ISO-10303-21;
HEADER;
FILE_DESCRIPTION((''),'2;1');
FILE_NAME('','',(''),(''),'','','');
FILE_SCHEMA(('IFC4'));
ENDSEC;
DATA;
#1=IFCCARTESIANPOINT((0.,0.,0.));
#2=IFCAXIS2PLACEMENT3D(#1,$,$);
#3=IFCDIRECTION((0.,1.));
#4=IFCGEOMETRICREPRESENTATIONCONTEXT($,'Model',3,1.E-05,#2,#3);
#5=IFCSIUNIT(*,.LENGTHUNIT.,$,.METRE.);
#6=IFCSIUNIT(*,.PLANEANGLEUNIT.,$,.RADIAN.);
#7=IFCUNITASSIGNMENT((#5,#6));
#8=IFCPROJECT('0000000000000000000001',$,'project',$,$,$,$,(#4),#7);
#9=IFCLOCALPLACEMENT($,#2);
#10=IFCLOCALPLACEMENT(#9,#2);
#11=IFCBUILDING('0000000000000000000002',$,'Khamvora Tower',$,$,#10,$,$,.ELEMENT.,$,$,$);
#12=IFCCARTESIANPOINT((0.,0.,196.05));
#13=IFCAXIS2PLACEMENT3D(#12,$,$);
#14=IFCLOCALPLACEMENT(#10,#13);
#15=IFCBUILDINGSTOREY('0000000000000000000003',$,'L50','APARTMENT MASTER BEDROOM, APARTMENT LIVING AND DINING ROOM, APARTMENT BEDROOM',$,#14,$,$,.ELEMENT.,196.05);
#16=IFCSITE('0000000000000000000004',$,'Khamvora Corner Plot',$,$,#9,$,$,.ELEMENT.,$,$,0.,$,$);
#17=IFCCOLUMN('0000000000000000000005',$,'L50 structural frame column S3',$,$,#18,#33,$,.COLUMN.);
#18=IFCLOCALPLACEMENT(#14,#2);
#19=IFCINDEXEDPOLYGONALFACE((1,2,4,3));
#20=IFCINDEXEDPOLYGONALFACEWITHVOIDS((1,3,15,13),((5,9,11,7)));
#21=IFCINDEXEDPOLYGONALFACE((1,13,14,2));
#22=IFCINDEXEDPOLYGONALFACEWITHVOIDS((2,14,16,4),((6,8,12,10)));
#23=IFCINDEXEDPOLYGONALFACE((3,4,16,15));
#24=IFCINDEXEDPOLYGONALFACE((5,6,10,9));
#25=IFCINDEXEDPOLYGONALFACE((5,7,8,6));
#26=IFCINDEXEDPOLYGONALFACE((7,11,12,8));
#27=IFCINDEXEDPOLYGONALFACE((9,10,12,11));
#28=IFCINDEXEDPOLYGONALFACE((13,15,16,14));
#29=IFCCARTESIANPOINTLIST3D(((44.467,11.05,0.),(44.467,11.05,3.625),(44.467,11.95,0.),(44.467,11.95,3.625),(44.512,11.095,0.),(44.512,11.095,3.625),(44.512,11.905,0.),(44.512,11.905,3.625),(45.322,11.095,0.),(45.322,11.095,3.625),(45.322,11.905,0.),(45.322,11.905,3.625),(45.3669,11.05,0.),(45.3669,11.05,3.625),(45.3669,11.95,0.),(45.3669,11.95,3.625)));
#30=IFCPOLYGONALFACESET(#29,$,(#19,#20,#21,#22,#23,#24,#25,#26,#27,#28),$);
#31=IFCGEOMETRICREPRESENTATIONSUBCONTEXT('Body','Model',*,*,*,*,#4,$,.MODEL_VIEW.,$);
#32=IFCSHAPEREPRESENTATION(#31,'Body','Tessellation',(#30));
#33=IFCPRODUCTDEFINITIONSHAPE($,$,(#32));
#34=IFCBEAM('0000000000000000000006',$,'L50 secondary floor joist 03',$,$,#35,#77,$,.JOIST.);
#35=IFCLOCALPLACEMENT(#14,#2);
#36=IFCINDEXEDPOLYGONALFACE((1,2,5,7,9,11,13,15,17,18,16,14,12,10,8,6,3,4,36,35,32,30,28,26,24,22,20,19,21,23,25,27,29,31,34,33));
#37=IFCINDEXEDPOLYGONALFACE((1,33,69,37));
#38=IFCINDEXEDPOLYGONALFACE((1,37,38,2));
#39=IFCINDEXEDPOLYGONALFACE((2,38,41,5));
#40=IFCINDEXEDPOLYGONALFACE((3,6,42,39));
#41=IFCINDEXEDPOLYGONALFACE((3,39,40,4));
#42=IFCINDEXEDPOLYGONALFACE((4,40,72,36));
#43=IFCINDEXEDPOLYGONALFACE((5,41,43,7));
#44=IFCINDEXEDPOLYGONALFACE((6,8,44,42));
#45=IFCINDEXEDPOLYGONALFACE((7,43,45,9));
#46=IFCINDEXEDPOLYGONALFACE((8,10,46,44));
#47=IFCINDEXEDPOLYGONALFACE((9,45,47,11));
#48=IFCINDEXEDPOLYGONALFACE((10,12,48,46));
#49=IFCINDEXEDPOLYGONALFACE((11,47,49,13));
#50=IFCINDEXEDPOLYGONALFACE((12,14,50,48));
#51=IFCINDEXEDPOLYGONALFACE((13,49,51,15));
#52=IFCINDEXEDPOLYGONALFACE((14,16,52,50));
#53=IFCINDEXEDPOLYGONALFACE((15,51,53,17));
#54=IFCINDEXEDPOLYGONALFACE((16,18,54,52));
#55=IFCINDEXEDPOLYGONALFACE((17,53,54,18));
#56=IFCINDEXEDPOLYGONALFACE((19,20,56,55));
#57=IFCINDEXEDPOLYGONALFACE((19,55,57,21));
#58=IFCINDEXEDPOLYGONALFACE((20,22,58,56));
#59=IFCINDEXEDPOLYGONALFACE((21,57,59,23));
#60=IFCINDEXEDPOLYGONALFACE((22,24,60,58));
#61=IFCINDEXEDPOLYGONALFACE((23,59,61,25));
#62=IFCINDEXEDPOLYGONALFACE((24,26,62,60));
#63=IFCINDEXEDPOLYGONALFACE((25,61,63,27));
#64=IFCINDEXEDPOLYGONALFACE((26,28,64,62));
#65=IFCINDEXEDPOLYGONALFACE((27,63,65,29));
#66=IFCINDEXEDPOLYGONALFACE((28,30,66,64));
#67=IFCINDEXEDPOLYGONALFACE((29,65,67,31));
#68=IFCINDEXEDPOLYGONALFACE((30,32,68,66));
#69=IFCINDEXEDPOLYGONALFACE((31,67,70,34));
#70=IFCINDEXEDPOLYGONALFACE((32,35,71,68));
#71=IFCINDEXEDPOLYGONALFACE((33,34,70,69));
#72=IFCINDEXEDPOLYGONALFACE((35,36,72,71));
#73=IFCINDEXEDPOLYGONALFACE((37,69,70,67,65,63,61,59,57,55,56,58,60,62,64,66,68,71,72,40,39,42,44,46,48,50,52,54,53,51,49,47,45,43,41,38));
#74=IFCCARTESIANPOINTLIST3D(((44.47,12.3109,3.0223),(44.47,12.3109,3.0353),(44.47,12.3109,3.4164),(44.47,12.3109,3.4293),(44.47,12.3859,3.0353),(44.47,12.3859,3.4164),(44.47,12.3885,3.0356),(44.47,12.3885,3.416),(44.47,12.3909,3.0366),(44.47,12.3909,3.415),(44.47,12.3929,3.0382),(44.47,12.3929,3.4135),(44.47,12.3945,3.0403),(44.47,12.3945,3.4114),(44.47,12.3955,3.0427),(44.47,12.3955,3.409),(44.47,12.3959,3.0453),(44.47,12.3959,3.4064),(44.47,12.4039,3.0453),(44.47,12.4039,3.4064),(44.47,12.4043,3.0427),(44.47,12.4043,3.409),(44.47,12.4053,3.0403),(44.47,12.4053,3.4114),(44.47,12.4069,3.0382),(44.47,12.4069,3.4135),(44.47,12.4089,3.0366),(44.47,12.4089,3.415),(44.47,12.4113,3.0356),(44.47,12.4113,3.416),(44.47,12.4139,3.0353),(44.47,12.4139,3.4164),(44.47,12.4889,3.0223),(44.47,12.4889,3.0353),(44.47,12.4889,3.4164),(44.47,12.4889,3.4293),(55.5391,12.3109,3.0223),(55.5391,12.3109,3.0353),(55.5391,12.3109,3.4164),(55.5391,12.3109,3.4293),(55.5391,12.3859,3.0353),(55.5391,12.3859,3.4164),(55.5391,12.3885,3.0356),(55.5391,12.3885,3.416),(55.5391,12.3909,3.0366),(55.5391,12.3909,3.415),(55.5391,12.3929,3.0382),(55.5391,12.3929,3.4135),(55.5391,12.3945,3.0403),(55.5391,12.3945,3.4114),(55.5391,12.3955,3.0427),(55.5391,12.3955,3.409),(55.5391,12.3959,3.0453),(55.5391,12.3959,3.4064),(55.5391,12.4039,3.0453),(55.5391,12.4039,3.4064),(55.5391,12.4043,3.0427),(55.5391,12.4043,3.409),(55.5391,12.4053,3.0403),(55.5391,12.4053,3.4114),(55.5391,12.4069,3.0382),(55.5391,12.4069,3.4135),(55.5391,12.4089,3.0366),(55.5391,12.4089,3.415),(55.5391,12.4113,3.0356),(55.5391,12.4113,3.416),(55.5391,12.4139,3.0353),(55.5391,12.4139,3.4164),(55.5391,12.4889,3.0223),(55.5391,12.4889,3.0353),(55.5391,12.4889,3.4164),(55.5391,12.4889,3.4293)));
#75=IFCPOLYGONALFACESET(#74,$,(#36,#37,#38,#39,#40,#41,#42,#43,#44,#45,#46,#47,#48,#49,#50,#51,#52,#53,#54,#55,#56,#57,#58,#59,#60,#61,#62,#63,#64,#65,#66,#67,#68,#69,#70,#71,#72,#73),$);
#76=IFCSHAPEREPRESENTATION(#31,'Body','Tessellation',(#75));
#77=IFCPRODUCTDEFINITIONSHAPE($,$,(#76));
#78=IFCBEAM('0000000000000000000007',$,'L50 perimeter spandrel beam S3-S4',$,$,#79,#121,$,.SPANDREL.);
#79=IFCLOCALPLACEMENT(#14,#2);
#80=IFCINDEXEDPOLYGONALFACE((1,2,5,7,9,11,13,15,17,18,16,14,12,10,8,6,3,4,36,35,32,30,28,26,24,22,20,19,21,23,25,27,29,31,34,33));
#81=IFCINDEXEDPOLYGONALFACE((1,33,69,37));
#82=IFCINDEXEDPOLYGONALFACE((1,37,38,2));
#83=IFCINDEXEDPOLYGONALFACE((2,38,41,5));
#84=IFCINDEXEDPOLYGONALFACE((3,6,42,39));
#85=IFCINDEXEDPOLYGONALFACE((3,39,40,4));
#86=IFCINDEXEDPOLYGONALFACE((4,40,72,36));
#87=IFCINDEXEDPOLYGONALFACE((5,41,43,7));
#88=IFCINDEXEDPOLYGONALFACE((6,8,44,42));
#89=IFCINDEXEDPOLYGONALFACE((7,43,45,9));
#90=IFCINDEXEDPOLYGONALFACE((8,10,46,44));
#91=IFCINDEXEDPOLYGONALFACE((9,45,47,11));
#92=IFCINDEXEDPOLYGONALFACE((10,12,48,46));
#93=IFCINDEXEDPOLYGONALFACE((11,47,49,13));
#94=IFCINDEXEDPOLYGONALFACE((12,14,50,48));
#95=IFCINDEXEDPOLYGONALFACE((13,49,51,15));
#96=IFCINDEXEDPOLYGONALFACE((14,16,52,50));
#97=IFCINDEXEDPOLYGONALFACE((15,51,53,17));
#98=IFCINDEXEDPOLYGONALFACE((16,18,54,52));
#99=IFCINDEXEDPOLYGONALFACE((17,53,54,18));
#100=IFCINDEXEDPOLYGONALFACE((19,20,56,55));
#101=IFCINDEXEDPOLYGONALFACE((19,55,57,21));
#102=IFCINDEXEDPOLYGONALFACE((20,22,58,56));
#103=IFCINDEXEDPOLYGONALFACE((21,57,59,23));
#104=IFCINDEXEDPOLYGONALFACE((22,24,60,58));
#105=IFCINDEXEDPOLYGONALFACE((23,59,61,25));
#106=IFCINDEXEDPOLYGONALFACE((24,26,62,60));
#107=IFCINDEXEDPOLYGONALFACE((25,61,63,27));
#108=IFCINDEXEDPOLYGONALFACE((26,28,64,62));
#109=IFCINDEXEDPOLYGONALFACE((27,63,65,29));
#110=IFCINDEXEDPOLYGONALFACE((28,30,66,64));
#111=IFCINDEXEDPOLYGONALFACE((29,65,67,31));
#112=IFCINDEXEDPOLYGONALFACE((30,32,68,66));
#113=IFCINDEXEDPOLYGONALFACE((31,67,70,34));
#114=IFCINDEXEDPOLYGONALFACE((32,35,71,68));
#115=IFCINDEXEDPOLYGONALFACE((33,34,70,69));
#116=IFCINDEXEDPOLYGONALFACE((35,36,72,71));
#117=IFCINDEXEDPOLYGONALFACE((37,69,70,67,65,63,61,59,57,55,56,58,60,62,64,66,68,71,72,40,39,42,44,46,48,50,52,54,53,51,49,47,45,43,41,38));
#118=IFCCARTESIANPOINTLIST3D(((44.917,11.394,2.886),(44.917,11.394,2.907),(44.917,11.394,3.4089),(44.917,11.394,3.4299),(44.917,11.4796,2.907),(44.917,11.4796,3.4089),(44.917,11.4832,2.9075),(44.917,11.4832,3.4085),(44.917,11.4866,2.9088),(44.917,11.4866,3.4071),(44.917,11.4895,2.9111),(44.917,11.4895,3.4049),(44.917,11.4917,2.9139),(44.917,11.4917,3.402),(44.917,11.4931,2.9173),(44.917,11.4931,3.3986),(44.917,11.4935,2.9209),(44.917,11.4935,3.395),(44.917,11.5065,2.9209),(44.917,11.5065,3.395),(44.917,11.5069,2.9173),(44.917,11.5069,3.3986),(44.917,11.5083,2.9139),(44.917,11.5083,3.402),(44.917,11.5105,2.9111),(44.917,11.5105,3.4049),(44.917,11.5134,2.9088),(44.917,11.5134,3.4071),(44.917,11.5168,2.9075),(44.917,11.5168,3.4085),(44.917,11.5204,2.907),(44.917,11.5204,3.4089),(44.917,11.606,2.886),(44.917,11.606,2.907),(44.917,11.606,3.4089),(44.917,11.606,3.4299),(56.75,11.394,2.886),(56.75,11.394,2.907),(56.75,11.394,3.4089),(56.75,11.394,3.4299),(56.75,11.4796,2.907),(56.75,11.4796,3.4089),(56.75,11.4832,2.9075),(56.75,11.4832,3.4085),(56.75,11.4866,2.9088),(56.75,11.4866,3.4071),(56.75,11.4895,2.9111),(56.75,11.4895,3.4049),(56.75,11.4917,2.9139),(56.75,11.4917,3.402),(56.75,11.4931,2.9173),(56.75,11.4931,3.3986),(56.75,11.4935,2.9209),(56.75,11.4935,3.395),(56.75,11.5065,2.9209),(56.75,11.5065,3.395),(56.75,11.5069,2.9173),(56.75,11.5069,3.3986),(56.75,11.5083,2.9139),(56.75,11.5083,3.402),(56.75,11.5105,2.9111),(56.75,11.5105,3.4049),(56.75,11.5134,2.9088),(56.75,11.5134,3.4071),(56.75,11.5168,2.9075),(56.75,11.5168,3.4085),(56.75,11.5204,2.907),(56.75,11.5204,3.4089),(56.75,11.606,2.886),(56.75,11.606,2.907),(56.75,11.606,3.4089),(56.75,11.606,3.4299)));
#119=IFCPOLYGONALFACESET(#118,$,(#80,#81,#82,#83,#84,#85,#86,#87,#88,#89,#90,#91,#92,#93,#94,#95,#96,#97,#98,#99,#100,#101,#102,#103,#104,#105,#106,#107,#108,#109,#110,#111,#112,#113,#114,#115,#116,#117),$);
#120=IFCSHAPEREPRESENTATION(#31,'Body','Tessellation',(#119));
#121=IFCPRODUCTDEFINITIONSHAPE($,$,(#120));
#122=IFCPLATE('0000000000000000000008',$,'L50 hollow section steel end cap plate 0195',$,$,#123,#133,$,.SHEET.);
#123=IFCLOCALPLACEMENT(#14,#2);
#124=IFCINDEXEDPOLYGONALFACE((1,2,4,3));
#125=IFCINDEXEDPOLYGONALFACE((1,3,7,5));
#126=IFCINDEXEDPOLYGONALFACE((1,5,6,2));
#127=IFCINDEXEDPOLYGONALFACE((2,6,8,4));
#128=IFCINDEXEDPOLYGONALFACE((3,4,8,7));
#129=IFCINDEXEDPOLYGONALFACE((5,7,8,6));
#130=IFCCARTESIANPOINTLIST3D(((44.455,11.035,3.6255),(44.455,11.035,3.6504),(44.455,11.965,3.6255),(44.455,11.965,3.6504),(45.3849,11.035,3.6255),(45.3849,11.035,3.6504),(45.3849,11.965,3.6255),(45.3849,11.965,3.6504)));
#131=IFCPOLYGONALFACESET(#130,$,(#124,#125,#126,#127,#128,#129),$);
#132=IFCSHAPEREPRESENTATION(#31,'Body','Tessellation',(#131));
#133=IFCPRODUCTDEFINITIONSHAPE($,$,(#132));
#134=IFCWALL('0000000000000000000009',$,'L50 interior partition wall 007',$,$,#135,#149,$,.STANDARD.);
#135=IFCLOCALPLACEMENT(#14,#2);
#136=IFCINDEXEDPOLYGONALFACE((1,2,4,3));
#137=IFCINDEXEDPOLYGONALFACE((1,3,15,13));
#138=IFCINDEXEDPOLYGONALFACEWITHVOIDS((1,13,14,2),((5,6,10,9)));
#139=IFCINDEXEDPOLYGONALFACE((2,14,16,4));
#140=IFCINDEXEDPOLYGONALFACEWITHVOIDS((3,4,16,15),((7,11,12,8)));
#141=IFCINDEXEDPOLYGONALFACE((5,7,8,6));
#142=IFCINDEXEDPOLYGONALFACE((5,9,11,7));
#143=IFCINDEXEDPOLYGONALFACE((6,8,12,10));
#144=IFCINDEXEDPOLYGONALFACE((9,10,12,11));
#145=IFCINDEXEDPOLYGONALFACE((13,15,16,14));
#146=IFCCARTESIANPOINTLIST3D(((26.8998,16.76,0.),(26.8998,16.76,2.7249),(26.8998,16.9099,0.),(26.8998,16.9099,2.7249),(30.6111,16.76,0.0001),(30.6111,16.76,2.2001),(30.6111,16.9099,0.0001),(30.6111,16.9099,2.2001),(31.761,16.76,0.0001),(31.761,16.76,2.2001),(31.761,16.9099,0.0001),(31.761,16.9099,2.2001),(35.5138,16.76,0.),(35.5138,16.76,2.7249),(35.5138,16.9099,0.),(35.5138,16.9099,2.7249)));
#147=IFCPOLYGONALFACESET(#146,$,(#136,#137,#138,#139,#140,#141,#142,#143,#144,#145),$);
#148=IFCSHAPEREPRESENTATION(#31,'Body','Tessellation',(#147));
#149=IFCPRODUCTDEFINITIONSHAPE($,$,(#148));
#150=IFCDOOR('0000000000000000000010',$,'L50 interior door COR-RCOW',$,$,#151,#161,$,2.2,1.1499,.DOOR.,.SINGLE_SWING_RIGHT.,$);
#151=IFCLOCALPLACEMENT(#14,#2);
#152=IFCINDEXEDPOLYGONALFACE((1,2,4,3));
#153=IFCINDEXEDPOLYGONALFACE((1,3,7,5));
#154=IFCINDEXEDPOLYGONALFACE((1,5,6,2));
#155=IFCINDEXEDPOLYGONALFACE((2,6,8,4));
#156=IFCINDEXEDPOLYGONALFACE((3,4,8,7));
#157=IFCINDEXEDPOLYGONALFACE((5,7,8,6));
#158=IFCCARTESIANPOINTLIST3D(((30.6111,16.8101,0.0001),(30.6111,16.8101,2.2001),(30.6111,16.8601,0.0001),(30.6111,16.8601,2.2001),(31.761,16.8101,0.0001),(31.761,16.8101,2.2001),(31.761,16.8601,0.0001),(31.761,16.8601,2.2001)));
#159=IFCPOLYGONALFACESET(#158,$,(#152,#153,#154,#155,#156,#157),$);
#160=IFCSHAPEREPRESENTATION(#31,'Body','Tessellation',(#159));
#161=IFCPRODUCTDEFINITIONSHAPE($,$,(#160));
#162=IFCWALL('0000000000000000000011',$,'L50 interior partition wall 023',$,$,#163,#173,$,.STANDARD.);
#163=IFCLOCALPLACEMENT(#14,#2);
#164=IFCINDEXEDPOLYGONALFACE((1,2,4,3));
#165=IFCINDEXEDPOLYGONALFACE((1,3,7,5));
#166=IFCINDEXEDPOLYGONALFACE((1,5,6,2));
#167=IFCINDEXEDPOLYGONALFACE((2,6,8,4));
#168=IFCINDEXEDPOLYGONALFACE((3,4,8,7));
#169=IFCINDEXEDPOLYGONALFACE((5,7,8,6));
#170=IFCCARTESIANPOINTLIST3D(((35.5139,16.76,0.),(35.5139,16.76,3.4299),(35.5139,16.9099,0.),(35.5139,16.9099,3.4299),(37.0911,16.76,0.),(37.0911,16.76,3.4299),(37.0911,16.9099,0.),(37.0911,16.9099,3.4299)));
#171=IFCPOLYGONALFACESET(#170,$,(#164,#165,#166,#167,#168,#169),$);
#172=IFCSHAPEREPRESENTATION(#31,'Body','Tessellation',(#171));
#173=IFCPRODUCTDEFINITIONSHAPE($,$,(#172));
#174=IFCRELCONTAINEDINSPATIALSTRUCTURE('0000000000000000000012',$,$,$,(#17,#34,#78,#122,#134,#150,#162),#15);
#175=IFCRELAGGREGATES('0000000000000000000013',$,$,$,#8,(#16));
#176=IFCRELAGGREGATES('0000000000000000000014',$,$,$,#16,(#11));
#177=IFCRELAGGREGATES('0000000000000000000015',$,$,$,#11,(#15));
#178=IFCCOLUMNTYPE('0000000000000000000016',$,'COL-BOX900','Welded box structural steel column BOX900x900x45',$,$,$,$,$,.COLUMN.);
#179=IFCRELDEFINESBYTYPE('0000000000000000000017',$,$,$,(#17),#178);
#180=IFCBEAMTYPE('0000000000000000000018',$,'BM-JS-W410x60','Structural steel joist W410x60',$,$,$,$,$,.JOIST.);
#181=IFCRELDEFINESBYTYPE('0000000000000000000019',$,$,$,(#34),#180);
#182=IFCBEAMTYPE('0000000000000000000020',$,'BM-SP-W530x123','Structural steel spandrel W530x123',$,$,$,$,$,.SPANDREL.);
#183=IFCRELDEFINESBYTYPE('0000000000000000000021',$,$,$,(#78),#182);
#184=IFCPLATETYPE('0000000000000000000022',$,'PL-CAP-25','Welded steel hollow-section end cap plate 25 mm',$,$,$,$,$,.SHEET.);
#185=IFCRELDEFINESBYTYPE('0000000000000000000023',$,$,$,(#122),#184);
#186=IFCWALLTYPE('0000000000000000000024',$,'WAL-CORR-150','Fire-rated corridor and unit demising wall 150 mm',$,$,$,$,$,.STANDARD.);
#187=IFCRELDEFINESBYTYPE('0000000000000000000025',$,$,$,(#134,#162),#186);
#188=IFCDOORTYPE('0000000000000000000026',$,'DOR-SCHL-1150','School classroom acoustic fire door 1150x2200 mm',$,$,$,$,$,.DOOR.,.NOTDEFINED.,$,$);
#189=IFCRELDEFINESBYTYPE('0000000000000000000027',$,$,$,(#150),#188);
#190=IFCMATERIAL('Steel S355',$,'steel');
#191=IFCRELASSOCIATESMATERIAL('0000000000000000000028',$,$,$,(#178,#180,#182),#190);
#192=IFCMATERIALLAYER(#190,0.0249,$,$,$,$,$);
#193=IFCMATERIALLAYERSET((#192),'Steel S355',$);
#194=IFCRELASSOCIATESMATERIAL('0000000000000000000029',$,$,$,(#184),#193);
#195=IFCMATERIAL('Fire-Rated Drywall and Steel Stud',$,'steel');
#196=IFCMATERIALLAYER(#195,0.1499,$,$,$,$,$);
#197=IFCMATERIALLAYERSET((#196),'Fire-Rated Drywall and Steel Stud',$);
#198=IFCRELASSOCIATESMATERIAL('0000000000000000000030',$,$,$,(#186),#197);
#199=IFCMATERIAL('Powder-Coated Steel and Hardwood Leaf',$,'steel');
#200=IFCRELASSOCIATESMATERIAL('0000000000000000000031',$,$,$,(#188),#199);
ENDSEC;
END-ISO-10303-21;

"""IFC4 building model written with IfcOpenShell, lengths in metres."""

from ifc_helpers import new_model, si_unit, direction, frame, frame_2d, origin, origin_2d, place, context, subcontext, project, spatial, rectangle, hollow_rectangle, i_section, extrude, material, layer, layer_set, material_profile, profile_set, type_object, element, fill, save


model = new_model("IFC4")

# Units and contexts
model_context = context("Model", 3, precision=1e-05, world=origin(), true_north=direction((0.0, 1.0)))
body_context = subcontext(model_context, "Body", "Model", "MODEL_VIEW")
ifc_project = project(units=[si_unit("LENGTHUNIT", "METRE"), si_unit("PLANEANGLEUNIT", "RADIAN")], contexts=[model_context])

# Site, building, storey
site_placement = place(None, origin())
site = spatial("IfcSite", under=ifc_project, at=site_placement, Name="Khamvora Corner Plot", CompositionType="ELEMENT", RefElevation=0.0)
building_placement = place(site_placement, origin())
building = spatial("IfcBuilding", under=site, at=building_placement, Name="Khamvora Tower", CompositionType="ELEMENT")
storey_placement = place(building_placement, frame((0.0, 0.0, 196.05)))
storey = spatial("IfcBuildingStorey", under=building, at=storey_placement, Name="L50", Description="APARTMENT MASTER BEDROOM, APARTMENT LIVING AND DINING ROOM, APARTMENT BEDROOM", CompositionType="ELEMENT", Elevation=196.05)

# Column
ifc_material_1 = material(Name="Steel S355", Category="steel")
ifc_material_profile_1 = material_profile(ifc_material_1, hollow_rectangle(XDim=0.8999, YDim=0.8999, WallThickness=0.0449, at=origin_2d()), Name="BOX900x900x45")
ifc_profile_set_1 = profile_set([ifc_material_profile_1], Name="Steel S355")
column_type = type_object("IfcColumnType", Name="COL-BOX900", Description="Welded box structural steel column BOX900x900x45", PredefinedType="COLUMN", material=ifc_profile_set_1)
column_placement = place(storey_placement, frame((44.917, 11.5, 0.0), z_axis=(0.0, 0.0, 1.0), x_axis=(1.0, 0.0, 0.0)))
element("IfcColumn", 1, at=column_placement, inside=storey, type_object=column_type, Name="L50 structural frame column S3", PredefinedType="COLUMN", context=body_context, shape_type="SweptSolid", body=[
    extrude(hollow_rectangle(XDim=0.8999, YDim=0.8999, WallThickness=0.0449, at=origin_2d()), origin(), (0.0, 0.0, 1.0), 3.625),
])

# Beams
ifc_material_profile_2 = material_profile(ifc_material_1, i_section(OverallWidth=0.178, OverallDepth=0.407, WebThickness=0.0081, FlangeThickness=0.0129, FilletRadius=0.01, at=origin_2d()), Name="W410x60")
ifc_profile_set_2 = profile_set([ifc_material_profile_2], Name="Steel S355")
beam_type_1 = type_object("IfcBeamType", Name="BM-JS-W410x60", Description="Structural steel joist W410x60", PredefinedType="JOIST", material=ifc_profile_set_2)
beam_1_placement = place(storey_placement, frame((44.47, 12.3999, 3.2258), z_axis=(1.0, 0.0, 0.0), x_axis=(0.0, 1.0, 0.0)))
element("IfcBeam", 2, at=beam_1_placement, inside=storey, type_object=beam_type_1, Name="L50 secondary floor joist 03", PredefinedType="JOIST", context=body_context, shape_type="SweptSolid", body=[
    extrude(i_section(OverallWidth=0.178, OverallDepth=0.407, WebThickness=0.0081, FlangeThickness=0.0129, FilletRadius=0.01, at=origin_2d()), origin(), (0.0, 0.0, 1.0), 11.0691),
])
ifc_material_profile_3 = material_profile(ifc_material_1, i_section(OverallWidth=0.2119, OverallDepth=0.5439, WebThickness=0.0129, FlangeThickness=0.021, FilletRadius=0.0139, at=origin_2d()), Name="W530x123")
ifc_profile_set_3 = profile_set([ifc_material_profile_3], Name="Steel S355")
beam_type_2 = type_object("IfcBeamType", Name="BM-SP-W530x123", Description="Structural steel spandrel W530x123", PredefinedType="SPANDREL", material=ifc_profile_set_3)
beam_2_placement = place(storey_placement, frame((44.917, 11.5, 3.158), z_axis=(1.0, 0.0, 0.0), x_axis=(0.0, 1.0, 0.0)))
element("IfcBeam", 3, at=beam_2_placement, inside=storey, type_object=beam_type_2, Name="L50 perimeter spandrel beam S3-S4", PredefinedType="SPANDREL", context=body_context, shape_type="SweptSolid", body=[
    extrude(i_section(OverallWidth=0.2119, OverallDepth=0.5439, WebThickness=0.0129, FlangeThickness=0.021, FilletRadius=0.0139, at=origin_2d()), origin(), (0.0, 0.0, 1.0), 11.833),
])

# Plate
ifc_layer_1 = layer(ifc_material_1, 0.0249)
ifc_layer_set_1 = layer_set([ifc_layer_1], Name="Steel S355")
plate_type = type_object("IfcPlateType", Name="PL-CAP-25", Description="Welded steel hollow-section end cap plate 25 mm", PredefinedType="SHEET", material=ifc_layer_set_1)
plate_placement = place(storey_placement, frame((44.9199, 11.5, 3.6255), z_axis=(0.0, 0.0, 1.0), x_axis=(1.0, 0.0, 0.0)))
element("IfcPlate", 4, at=plate_placement, inside=storey, type_object=plate_type, Name="L50 hollow section steel end cap plate 0195", PredefinedType="SHEET", context=body_context, shape_type="SweptSolid", body=[
    extrude(rectangle(XDim=0.9299, YDim=0.9299, at=origin_2d()), origin(), (0.0, 0.0, 1.0), 0.0249),
])

# Wall, opening, door
ifc_material_2 = material(Name="Fire-Rated Drywall and Steel Stud", Category="steel")
ifc_layer_2 = layer(ifc_material_2, 0.1499)
ifc_layer_set_2 = layer_set([ifc_layer_2], Name="Fire-Rated Drywall and Steel Stud")
wall_type_1 = type_object("IfcWallType", Name="WAL-CORR-150", Description="Fire-rated corridor and unit demising wall 150 mm", PredefinedType="STANDARD", material=ifc_layer_set_2)
wall_1_placement = place(storey_placement, frame((35.5139, 16.835, 0.0), z_axis=(0.0, 0.0, 1.0), x_axis=(-1.0, 0.0, 0.0)))
wall_1 = element("IfcWall", 5, at=wall_1_placement, inside=storey, type_object=wall_type_1, Name="L50 interior partition wall 007", PredefinedType="STANDARD", context=body_context, shape_type="SweptSolid", body=[
    extrude(rectangle(XDim=8.614, YDim=0.1499, at=frame_2d((4.3071, 0.0))), origin(), (0.0, 0.0, 1.0), 2.7249),
])
opening_1_placement = place(wall_1_placement, frame((3.7529, 0.0, 0.0)))
opening_1 = element("IfcOpeningElement", 6, at=opening_1_placement, cuts=wall_1, PredefinedType="OPENING", context=body_context, shape_type="SweptSolid", body=[
    extrude(rectangle(XDim=1.1499, YDim=2.2, at=frame_2d((0.575, 1.1001))), frame((0.0, 0.085, 0.0), z_axis=(0.0, -1.0, 0.0), x_axis=(1.0, 0.0, 0.0)), (0.0, 0.0, 1.0), 0.1699),
])
ifc_material_3 = material(Name="Powder-Coated Steel and Hardwood Leaf", Category="steel")
door_type_1 = type_object("IfcDoorType", Name="DOR-SCHL-1150", Description="School classroom acoustic fire door 1150x2200 mm", OperationType="NOTDEFINED", PredefinedType="DOOR", material=ifc_material_3)
door_1_placement = place(opening_1_placement, origin())
door_1 = element("IfcDoor", 7, at=door_1_placement, inside=storey, type_object=door_type_1, Name="L50 interior door COR-RCOW", OperationType="SINGLE_SWING_RIGHT", OverallHeight=2.2, OverallWidth=1.1499, PredefinedType="DOOR", context=body_context, shape_type="SweptSolid", body=[
    extrude(rectangle(XDim=1.1499, YDim=2.2, at=frame_2d((0.575, 1.1001))), frame((0.0, 0.0249, 0.0), z_axis=(0.0, -1.0, 0.0), x_axis=(1.0, 0.0, 0.0)), (0.0, 0.0, 1.0), 0.05),
])
fill(opening_1, door_1)

# Wall
wall_2_placement = place(storey_placement, frame((37.0911, 16.835, 0.0), z_axis=(0.0, 0.0, 1.0), x_axis=(-1.0, 0.0, 0.0)))
element("IfcWall", 8, at=wall_2_placement, inside=storey, type_object=wall_type_1, Name="L50 interior partition wall 023", PredefinedType="STANDARD", context=body_context, shape_type="SweptSolid", body=[
    extrude(rectangle(XDim=1.5771, YDim=0.1499, at=frame_2d((0.7886, 0.0))), origin(), (0.0, 0.0, 1.0), 3.4299),
])

save(model, "model.ifc")
